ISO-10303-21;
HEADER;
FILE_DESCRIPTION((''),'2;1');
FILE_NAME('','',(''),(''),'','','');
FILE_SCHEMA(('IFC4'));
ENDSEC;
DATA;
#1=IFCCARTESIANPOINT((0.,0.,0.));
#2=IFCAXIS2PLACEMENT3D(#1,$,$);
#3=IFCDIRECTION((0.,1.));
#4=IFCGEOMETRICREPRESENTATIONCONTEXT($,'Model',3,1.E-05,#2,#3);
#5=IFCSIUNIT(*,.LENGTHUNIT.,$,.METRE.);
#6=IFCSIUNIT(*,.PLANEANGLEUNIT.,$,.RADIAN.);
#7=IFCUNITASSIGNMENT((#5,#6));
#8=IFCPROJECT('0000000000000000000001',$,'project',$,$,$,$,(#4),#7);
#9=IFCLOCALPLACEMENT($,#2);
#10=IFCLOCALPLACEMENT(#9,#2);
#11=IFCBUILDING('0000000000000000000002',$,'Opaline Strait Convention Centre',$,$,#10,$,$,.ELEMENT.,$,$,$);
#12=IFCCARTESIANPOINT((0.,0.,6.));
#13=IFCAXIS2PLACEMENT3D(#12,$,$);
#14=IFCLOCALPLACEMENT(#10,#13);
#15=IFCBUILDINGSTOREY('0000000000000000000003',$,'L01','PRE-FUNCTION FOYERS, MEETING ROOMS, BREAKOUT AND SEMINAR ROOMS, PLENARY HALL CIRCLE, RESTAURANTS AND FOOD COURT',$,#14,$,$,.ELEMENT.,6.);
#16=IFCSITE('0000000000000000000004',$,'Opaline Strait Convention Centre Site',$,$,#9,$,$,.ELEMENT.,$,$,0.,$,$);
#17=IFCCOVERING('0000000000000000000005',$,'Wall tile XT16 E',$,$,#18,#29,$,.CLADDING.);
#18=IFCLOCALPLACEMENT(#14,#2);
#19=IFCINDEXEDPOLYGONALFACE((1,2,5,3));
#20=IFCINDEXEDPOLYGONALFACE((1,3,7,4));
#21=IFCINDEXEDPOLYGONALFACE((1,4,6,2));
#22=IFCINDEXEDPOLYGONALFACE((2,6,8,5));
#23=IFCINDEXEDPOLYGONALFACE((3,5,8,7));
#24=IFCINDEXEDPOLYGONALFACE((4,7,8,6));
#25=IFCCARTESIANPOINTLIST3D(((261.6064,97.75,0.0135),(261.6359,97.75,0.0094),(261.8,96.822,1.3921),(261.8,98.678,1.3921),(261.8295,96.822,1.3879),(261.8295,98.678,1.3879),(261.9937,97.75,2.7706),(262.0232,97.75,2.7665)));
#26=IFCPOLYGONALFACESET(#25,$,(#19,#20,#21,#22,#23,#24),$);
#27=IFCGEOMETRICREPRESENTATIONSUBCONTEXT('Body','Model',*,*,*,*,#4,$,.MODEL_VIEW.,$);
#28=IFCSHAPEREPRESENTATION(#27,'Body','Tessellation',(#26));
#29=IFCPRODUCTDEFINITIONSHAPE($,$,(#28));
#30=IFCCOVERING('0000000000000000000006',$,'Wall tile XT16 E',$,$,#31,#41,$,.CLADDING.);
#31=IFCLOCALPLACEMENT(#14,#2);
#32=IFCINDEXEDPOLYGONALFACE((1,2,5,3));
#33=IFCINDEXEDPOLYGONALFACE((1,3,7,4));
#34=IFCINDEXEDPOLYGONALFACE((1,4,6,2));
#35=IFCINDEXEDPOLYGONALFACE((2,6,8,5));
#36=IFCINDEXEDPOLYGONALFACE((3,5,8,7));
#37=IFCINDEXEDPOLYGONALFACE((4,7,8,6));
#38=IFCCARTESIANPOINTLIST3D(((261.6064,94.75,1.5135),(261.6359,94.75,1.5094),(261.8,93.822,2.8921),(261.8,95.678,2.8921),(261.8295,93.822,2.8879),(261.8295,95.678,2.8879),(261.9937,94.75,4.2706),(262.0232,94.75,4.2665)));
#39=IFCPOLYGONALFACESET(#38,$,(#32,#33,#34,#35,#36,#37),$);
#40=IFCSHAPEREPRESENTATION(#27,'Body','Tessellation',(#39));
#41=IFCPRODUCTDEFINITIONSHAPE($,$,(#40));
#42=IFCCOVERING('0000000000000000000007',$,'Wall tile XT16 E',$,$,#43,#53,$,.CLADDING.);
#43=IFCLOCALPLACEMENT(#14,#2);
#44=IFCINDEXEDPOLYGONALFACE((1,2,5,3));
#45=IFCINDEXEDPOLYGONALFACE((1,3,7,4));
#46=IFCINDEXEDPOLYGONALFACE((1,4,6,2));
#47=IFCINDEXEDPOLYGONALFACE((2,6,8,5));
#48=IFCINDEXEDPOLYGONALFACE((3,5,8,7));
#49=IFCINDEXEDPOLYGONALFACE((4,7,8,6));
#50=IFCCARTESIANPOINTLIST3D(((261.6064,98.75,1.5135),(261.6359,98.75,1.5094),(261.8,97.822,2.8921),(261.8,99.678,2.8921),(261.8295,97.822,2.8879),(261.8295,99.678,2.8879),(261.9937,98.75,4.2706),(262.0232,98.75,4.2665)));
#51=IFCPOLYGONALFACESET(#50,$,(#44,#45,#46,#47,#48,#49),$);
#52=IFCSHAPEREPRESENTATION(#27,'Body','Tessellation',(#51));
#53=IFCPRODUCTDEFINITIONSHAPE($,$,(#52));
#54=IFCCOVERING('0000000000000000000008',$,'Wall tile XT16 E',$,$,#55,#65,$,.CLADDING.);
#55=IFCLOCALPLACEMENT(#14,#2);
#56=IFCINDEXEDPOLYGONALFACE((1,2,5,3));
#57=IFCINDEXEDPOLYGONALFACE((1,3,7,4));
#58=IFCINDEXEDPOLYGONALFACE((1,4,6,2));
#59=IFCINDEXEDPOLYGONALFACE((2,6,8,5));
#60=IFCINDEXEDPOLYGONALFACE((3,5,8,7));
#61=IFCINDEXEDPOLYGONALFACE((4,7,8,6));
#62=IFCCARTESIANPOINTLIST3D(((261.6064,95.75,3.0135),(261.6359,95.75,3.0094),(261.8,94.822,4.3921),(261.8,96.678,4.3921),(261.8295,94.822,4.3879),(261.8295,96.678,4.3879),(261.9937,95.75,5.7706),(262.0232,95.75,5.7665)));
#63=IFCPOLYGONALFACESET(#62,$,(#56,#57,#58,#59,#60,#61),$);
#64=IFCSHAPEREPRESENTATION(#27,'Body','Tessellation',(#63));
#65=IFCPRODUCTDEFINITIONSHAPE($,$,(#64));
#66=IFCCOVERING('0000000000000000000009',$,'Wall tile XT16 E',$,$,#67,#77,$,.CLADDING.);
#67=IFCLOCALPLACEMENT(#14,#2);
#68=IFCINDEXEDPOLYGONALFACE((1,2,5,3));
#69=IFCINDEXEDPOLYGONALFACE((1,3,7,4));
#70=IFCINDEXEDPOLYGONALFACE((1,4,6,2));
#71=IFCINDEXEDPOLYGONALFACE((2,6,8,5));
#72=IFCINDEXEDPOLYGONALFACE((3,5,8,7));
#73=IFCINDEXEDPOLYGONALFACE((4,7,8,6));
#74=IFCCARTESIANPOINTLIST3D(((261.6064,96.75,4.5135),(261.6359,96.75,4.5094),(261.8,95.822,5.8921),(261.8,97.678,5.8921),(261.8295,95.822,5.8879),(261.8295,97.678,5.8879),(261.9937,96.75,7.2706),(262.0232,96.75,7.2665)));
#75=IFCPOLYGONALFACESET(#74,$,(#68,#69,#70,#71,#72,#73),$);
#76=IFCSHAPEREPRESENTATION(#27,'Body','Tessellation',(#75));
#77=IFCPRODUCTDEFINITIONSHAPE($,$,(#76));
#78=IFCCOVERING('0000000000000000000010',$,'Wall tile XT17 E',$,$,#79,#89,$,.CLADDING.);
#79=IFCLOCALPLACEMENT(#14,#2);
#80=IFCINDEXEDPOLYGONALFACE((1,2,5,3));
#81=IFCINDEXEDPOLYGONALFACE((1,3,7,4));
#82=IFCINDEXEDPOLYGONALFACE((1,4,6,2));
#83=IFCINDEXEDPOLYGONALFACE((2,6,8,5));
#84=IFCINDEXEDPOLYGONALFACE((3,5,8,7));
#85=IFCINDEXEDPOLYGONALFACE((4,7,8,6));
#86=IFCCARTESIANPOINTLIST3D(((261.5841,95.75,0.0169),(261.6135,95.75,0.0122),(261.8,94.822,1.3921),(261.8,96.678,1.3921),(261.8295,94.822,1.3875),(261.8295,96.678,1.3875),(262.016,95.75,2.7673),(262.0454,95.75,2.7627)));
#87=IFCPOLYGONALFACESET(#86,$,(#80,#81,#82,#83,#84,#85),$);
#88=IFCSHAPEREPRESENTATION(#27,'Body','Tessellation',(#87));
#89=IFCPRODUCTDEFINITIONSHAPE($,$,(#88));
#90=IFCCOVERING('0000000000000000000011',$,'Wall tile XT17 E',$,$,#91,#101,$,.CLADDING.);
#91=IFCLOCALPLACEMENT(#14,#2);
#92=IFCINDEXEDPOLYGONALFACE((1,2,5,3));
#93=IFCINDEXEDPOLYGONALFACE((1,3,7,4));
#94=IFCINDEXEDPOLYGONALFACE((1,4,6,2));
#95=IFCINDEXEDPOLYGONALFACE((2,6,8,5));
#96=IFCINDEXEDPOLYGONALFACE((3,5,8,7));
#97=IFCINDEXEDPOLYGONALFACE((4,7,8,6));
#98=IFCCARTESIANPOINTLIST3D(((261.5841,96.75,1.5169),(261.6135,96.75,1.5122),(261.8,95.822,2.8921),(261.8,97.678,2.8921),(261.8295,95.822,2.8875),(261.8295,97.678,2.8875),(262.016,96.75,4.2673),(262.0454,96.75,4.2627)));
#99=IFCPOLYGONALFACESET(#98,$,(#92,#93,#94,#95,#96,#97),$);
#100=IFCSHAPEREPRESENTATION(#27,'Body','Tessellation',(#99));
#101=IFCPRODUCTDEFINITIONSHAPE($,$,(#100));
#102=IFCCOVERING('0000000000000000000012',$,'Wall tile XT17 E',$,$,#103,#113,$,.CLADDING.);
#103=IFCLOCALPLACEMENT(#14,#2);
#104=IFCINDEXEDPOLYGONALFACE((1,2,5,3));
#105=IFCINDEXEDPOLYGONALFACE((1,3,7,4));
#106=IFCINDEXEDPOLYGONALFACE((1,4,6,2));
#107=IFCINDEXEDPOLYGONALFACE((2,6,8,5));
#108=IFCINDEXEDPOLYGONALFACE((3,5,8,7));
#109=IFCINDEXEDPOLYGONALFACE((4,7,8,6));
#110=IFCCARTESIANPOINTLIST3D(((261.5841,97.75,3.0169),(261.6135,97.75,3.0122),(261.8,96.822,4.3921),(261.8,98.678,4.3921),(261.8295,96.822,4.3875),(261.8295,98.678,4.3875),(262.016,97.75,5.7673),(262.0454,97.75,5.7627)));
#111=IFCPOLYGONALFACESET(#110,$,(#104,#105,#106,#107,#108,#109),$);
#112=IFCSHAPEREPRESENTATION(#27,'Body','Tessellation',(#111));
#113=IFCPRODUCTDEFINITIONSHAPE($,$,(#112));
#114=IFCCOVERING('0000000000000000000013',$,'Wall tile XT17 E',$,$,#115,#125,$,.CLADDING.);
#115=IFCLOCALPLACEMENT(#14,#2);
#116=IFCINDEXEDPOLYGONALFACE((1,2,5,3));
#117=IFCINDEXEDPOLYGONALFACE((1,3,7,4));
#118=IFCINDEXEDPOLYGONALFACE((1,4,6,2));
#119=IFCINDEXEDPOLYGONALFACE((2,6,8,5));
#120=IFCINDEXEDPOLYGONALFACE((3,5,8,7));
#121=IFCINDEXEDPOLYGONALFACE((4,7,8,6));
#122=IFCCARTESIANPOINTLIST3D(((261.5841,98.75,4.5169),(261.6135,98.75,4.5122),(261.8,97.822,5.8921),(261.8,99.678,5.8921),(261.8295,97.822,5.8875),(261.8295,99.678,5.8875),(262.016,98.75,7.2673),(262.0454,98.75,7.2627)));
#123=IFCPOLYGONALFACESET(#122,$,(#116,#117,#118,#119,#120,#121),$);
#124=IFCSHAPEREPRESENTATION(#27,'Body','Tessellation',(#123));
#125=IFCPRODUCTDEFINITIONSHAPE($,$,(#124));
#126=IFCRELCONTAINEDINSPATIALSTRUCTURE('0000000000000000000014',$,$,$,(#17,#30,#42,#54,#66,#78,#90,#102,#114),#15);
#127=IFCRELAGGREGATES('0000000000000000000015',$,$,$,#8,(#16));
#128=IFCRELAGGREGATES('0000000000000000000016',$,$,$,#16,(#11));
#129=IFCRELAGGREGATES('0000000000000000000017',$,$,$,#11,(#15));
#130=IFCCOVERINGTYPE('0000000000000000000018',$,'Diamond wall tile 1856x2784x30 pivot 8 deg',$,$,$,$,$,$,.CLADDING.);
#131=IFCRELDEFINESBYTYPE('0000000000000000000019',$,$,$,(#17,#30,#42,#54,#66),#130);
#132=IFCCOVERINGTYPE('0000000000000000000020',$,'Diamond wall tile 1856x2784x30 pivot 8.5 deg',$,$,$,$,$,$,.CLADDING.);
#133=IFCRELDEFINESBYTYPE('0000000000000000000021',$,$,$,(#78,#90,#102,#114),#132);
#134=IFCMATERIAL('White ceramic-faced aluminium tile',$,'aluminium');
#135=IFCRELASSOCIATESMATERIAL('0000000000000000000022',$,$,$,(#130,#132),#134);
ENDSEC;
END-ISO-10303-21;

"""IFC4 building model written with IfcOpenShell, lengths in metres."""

from ifc_helpers import new_model, si_unit, direction, frame, origin, place, context, subcontext, project, spatial, polyline, outline, extrude, material, material_profile, profile_set, type_object, element, save


model = new_model("IFC4")

# Units and contexts
model_context = context("Model", 3, precision=1e-05, world=origin(), true_north=direction((0.0, 1.0)))
body_context = subcontext(model_context, "Body", "Model", "MODEL_VIEW")
ifc_project = project(units=[si_unit("LENGTHUNIT", "METRE"), si_unit("PLANEANGLEUNIT", "RADIAN")], contexts=[model_context])

# Site, building, storey
site_placement = place(None, origin())
site = spatial("IfcSite", under=ifc_project, at=site_placement, Name="Opaline Strait Convention Centre Site", CompositionType="ELEMENT", RefElevation=0.0)
building_placement = place(site_placement, origin())
building = spatial("IfcBuilding", under=site, at=building_placement, Name="Opaline Strait Convention Centre", CompositionType="ELEMENT")
storey_placement = place(building_placement, frame((0.0, 0.0, 6.0)))
storey = spatial("IfcBuildingStorey", under=building, at=storey_placement, Name="L01", Description="PRE-FUNCTION FOYERS, MEETING ROOMS, BREAKOUT AND SEMINAR ROOMS, PLENARY HALL CIRCLE, RESTAURANTS AND FOOD COURT", CompositionType="ELEMENT", Elevation=6.0)

# Coverings
ifc_material = material(Name="White ceramic-faced aluminium tile", Category="aluminium")
ifc_material_profile_1 = material_profile(ifc_material, outline(polyline([(0.928, 0.0), (0.0, 1.3921), (-0.928, 0.0), (0.0, -1.3921), (0.928, 0.0)])), Name="Diamond tile 1856x2784")
ifc_profile_set_1 = profile_set([ifc_material_profile_1], Name="White ceramic-faced aluminium tile")
covering_type_1 = type_object("IfcCoveringType", Name="Diamond wall tile 1856x2784x30 pivot 8 deg", PredefinedType="CLADDING", material=ifc_profile_set_1)
for number, where, z_axis, x_axis, name in (
    (1, (261.8, 97.75, 1.3921), (0.990274, 0.0, -0.139129), (0.0, 1.0, 0.0), "Wall tile XT16 E"),
    (2, (261.8, 94.75, 2.8921), (0.990274, 0.0, -0.139129), (0.0, 1.0, 0.0), "Wall tile XT16 E"),
    (3, (261.8, 98.75, 2.8921), (0.990274, 0.0, -0.139129), (0.0, 1.0, 0.0), "Wall tile XT16 E"),
    (4, (261.8, 95.75, 4.3921), (0.990274, 0.0, -0.139129), (0.0, 1.0, 0.0), "Wall tile XT16 E"),
    (5, (261.8, 96.75, 5.8921), (0.990274, 0.0, -0.139129), (0.0, 1.0, 0.0), "Wall tile XT16 E"),
):
    element("IfcCovering", number, at=place(storey_placement, frame(where, z_axis=z_axis, x_axis=x_axis)), inside=storey, type_object=covering_type_1, Name=name, PredefinedType="CLADDING", context=body_context, shape_type="SweptSolid", body=[
        extrude(outline(polyline([(0.928, 0.0), (0.0, 1.3921), (-0.928, 0.0), (0.0, -1.3921), (0.928, 0.0)])), origin(), (0.0, 0.0, 1.0), 0.0298),
    ])
ifc_material_profile_2 = material_profile(ifc_material, outline(polyline([(0.928, 0.0), (0.0, 1.3921), (-0.928, 0.0), (0.0, -1.3921), (0.928, 0.0)])), Name="Diamond tile 1856x2784")
ifc_profile_set_2 = profile_set([ifc_material_profile_2], Name="White ceramic-faced aluminium tile")
covering_type_2 = type_object("IfcCoveringType", Name="Diamond wall tile 1856x2784x30 pivot 8.5 deg", PredefinedType="CLADDING", material=ifc_profile_set_2)
for number, where, z_axis, x_axis, name in (
    (6, (261.8, 95.75, 1.3921), (0.987895, 0.0, -0.155124), (0.0, 1.0, 0.0), "Wall tile XT17 E"),
    (7, (261.8, 96.75, 2.8921), (0.987895, 0.0, -0.155124), (0.0, 1.0, 0.0), "Wall tile XT17 E"),
    (8, (261.8, 97.75, 4.3921), (0.987895, 0.0, -0.155124), (0.0, 1.0, 0.0), "Wall tile XT17 E"),
    (9, (261.8, 98.75, 5.8921), (0.987895, 0.0, -0.155124), (0.0, 1.0, 0.0), "Wall tile XT17 E"),
):
    element("IfcCovering", number, at=place(storey_placement, frame(where, z_axis=z_axis, x_axis=x_axis)), inside=storey, type_object=covering_type_2, Name=name, PredefinedType="CLADDING", context=body_context, shape_type="SweptSolid", body=[
        extrude(outline(polyline([(0.928, 0.0), (0.0, 1.3921), (-0.928, 0.0), (0.0, -1.3921), (0.928, 0.0)])), origin(), (0.0, 0.0, 1.0), 0.0298),
    ])

save(model, "model.ifc")
